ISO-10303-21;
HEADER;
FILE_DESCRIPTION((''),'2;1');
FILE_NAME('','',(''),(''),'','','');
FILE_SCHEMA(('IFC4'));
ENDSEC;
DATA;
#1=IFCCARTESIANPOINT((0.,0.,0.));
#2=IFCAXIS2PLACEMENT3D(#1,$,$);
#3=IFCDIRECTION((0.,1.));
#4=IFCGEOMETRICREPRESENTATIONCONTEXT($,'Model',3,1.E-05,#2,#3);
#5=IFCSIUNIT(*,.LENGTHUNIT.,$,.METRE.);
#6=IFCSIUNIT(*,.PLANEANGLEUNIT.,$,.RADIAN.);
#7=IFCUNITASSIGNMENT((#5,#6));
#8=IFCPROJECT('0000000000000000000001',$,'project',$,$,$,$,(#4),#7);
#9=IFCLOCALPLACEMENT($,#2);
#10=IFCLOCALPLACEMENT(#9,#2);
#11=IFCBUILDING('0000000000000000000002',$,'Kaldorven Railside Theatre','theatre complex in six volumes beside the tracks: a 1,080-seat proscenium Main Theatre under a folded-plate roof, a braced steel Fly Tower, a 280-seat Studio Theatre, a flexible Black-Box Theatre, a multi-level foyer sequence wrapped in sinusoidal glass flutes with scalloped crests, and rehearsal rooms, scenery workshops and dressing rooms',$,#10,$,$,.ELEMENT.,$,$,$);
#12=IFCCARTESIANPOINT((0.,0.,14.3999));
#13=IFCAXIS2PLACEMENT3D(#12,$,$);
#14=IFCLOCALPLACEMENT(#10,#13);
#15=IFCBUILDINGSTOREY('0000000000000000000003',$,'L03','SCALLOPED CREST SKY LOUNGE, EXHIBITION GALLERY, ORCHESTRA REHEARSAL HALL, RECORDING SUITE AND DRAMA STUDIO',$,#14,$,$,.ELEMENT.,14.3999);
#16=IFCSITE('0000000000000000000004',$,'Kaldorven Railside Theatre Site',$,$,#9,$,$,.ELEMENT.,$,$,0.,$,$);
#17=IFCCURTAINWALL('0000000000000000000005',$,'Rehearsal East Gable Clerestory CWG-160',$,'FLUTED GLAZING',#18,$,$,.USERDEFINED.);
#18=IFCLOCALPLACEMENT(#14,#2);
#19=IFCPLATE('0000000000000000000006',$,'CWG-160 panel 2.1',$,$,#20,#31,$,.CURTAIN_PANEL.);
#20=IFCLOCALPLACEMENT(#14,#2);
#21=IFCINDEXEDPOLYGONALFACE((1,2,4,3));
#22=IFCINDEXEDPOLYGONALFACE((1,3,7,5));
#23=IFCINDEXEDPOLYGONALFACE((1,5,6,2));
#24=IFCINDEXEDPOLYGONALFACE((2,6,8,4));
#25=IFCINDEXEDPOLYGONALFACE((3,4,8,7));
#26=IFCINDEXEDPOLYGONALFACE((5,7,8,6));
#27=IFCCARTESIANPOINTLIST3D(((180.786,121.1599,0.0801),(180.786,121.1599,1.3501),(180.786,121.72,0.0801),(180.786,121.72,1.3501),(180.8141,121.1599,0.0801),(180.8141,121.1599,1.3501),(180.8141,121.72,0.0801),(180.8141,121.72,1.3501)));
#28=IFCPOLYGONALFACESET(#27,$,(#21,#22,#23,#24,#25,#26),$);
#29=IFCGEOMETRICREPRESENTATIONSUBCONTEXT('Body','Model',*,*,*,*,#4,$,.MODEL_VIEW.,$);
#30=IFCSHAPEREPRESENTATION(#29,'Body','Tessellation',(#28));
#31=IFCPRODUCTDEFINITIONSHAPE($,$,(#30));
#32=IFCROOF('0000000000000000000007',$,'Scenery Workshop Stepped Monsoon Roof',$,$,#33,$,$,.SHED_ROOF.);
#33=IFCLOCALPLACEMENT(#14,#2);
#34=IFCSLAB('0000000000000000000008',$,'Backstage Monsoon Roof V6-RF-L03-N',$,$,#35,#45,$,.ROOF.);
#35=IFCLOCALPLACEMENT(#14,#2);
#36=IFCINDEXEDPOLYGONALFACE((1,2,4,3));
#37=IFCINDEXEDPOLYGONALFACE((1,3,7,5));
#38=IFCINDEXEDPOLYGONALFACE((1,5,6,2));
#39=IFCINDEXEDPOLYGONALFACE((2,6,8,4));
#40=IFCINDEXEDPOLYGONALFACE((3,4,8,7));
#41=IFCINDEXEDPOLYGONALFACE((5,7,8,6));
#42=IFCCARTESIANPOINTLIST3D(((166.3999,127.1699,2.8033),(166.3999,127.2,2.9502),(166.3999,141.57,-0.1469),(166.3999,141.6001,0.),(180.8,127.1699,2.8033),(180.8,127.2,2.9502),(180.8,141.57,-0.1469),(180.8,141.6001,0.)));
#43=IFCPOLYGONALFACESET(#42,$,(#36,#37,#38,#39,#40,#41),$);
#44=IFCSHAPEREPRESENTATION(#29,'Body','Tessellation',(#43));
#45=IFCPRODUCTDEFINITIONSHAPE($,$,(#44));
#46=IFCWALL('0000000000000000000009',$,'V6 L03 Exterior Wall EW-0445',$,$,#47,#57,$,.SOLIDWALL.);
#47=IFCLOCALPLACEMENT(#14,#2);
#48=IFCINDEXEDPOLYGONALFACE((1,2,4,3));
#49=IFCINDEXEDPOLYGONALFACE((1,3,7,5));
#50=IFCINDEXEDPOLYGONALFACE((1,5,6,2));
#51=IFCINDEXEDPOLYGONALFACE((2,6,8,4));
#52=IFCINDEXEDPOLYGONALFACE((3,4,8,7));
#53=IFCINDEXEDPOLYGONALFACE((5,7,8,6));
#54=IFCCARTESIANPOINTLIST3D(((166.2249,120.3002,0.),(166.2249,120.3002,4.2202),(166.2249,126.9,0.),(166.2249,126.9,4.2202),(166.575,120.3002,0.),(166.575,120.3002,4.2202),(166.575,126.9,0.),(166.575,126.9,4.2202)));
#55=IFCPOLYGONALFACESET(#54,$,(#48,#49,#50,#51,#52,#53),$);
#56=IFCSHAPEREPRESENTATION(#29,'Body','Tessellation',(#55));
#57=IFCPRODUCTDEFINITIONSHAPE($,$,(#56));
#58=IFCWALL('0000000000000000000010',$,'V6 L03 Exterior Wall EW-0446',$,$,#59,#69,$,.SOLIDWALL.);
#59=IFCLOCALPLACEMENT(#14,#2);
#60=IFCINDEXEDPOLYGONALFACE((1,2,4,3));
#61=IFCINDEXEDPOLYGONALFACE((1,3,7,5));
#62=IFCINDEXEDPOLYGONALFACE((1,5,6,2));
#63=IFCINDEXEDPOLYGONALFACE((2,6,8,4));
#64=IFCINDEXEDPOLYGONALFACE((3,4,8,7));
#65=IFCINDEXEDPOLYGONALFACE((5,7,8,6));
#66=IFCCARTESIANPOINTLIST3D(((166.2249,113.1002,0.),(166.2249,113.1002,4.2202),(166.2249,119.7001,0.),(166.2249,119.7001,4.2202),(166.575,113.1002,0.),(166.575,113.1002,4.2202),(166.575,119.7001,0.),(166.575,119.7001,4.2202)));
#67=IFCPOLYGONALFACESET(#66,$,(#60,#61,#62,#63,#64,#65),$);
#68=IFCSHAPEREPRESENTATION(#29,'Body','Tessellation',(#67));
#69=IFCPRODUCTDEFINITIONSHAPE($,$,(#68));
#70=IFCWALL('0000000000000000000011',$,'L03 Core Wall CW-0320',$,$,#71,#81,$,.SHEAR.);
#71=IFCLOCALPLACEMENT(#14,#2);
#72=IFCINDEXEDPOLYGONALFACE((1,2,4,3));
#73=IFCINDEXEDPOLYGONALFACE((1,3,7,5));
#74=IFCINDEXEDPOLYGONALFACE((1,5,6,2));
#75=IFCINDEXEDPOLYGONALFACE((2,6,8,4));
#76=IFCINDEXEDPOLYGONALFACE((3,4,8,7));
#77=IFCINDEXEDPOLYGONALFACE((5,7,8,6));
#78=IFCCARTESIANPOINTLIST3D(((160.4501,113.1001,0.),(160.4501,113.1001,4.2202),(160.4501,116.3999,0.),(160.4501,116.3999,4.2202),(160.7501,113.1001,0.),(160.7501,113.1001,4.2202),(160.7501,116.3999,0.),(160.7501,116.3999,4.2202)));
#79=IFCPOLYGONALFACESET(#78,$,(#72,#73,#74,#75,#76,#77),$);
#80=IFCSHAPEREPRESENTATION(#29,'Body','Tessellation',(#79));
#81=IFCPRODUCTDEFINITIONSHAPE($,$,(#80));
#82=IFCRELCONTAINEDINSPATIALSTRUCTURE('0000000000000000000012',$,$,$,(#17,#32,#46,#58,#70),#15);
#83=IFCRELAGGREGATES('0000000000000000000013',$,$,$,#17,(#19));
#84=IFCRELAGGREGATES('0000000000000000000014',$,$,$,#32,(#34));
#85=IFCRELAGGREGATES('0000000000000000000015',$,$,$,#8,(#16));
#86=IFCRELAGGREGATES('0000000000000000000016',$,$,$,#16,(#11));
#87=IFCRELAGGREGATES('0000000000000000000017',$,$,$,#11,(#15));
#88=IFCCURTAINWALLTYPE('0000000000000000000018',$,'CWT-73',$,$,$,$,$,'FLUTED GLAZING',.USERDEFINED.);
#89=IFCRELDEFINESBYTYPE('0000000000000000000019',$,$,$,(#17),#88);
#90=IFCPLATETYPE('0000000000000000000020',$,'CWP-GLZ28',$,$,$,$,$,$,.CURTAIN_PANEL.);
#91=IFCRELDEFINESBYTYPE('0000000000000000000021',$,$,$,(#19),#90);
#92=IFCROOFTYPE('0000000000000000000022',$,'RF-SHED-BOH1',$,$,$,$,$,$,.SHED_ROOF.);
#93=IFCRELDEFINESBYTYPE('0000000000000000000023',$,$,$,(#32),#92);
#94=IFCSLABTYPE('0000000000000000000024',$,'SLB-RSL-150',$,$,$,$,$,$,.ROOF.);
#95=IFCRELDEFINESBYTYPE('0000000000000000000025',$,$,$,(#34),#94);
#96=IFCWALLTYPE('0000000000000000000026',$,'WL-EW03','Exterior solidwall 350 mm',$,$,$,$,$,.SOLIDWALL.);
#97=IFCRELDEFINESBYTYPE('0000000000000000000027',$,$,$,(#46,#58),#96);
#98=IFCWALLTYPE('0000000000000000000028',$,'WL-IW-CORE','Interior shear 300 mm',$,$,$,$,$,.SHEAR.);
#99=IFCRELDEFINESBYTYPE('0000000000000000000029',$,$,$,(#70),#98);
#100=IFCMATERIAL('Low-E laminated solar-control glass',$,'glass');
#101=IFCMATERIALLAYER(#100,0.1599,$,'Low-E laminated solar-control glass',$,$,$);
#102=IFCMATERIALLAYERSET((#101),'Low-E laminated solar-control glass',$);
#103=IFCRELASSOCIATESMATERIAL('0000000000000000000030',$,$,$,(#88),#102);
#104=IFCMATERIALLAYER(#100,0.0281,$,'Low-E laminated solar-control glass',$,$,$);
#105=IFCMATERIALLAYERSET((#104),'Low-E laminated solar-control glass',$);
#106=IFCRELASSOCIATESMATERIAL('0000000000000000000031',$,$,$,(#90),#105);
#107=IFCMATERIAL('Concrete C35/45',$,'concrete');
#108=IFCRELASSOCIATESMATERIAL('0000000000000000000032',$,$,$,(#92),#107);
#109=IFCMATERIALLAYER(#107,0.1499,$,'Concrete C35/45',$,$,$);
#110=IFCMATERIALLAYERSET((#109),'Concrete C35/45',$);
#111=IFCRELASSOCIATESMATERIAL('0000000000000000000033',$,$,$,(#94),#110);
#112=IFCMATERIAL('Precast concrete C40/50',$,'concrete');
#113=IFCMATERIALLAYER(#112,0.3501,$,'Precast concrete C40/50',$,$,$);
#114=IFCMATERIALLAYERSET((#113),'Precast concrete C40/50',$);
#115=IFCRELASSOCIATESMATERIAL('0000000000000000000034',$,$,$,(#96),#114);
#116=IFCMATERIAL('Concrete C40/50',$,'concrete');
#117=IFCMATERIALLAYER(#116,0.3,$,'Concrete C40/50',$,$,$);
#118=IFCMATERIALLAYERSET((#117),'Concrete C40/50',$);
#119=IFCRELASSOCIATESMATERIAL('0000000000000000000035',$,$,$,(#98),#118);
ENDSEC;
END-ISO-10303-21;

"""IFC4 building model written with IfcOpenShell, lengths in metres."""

from ifc_helpers import new_model, si_unit, direction, frame, frame_2d, origin, origin_2d, place, context, subcontext, project, spatial, polyline, rectangle, outline, extrude, material, layer, layer_set, type_object, element, aggregate, save


model = new_model("IFC4")

# Units and contexts
model_context = context("Model", 3, precision=1e-05, world=origin(), true_north=direction((0.0, 1.0)))
body_context = subcontext(model_context, "Body", "Model", "MODEL_VIEW")
ifc_project = project(units=[si_unit("LENGTHUNIT", "METRE"), si_unit("PLANEANGLEUNIT", "RADIAN")], contexts=[model_context])

# Site, building, storey
site_placement = place(None, origin())
site = spatial("IfcSite", under=ifc_project, at=site_placement, Name="Kaldorven Railside Theatre Site", CompositionType="ELEMENT", RefElevation=0.0)
building_placement = place(site_placement, origin())
building = spatial("IfcBuilding", under=site, at=building_placement, Name="Kaldorven Railside Theatre", Description="theatre complex in six volumes beside the tracks: a 1,080-seat proscenium Main Theatre under a folded-plate roof, a braced steel Fly Tower, a 280-seat Studio Theatre, a flexible Black-Box Theatre, a multi-level foyer sequence wrapped in sinusoidal glass flutes with scalloped crests, and rehearsal rooms, scenery workshops and dressing rooms", CompositionType="ELEMENT")
storey_placement = place(building_placement, frame((0.0, 0.0, 14.3999)))
storey = spatial("IfcBuildingStorey", under=building, at=storey_placement, Name="L03", Description="SCALLOPED CREST SKY LOUNGE, EXHIBITION GALLERY, ORCHESTRA REHEARSAL HALL, RECORDING SUITE AND DRAMA STUDIO", CompositionType="ELEMENT", Elevation=14.3999)

# Shared definitions
ifc_material_1 = material(Name="Concrete C40/50", Category="concrete")

# Curtain wall
ifc_material_2 = material(Name="Low-E laminated solar-control glass", Category="glass")
ifc_layer_1 = layer(ifc_material_2, 0.1599, Name="Low-E laminated solar-control glass")
ifc_layer_set_1 = layer_set([ifc_layer_1], Name="Low-E laminated solar-control glass")
curtain_wall_type_1 = type_object("IfcCurtainWallType", Name="CWT-73", ElementType="FLUTED GLAZING", PredefinedType="USERDEFINED", material=ifc_layer_set_1)
curtain_wall_1_placement = place(storey_placement, origin())
curtain_wall_1 = element("IfcCurtainWall", 1, at=curtain_wall_1_placement, inside=storey, type_object=curtain_wall_type_1, Name="Rehearsal East Gable Clerestory CWG-160", ObjectType="FLUTED GLAZING", PredefinedType="USERDEFINED")

# Plate
ifc_layer_2 = layer(ifc_material_2, 0.0281, Name="Low-E laminated solar-control glass")
ifc_layer_set_2 = layer_set([ifc_layer_2], Name="Low-E laminated solar-control glass")
plate_type = type_object("IfcPlateType", Name="CWP-GLZ28", PredefinedType="CURTAIN_PANEL", material=ifc_layer_set_2)
plate_1_placement = place(storey_placement, frame((180.8, 121.4399, 0.0801), z_axis=(0.0, 0.0, 1.0), x_axis=(0.0, 1.0, 0.0)))
plate_1 = element("IfcPlate", 2, at=plate_1_placement, type_object=plate_type, Name="CWG-160 panel 2.1", PredefinedType="CURTAIN_PANEL", context=body_context, shape_type="SweptSolid", body=[
    extrude(rectangle(XDim=0.5601, YDim=0.0281, at=origin_2d()), origin(), (0.0, 0.0, 1.0), 1.27),
])
aggregate(curtain_wall_1, [plate_1])

# Roof, slab
ifc_material_3 = material(Name="Concrete C35/45", Category="concrete")
roof_type = type_object("IfcRoofType", Name="RF-SHED-BOH1", PredefinedType="SHED_ROOF", material=ifc_material_3)
roof_placement = place(storey_placement, origin())
roof = element("IfcRoof", 3, at=roof_placement, inside=storey, type_object=roof_type, Name="Scenery Workshop Stepped Monsoon Roof", PredefinedType="SHED_ROOF")
ifc_layer_3 = layer(ifc_material_3, 0.1499, Name="Concrete C35/45")
ifc_layer_set_3 = layer_set([ifc_layer_3], Name="Concrete C35/45")
slab_type = type_object("IfcSlabType", Name="SLB-RSL-150", PredefinedType="ROOF", material=ifc_layer_set_3)
slab_placement = place(storey_placement, frame((166.3999, 127.2, 2.9502), z_axis=(0.0, 0.200704, 0.979652), x_axis=(1.0, 0.0, 0.0)))
slab = element("IfcSlab", 4, at=slab_placement, type_object=slab_type, Name="Backstage Monsoon Roof V6-RF-L03-N", PredefinedType="ROOF", context=body_context, shape_type="SweptSolid", body=[
    extrude(outline(polyline([(0.0, 0.0), (14.4001, 0.0), (14.4001, 14.6992), (0.0, 14.6992), (0.0, 0.0)])), origin(), (0.0, 0.0, -1.0), 0.1499),
])
aggregate(roof, [slab])

# Walls
ifc_material_4 = material(Name="Precast concrete C40/50", Category="concrete")
ifc_layer_4 = layer(ifc_material_4, 0.3501, Name="Precast concrete C40/50")
ifc_layer_set_4 = layer_set([ifc_layer_4], Name="Precast concrete C40/50")
wall_type_1 = type_object("IfcWallType", Name="WL-EW03", Description="Exterior solidwall 350 mm", PredefinedType="SOLIDWALL", material=ifc_layer_set_4)
for number, where, z_axis, x_axis, name in (
    (5, (166.3999, 126.8999, 0.0), (0.0, 0.0, 1.0), (0.0, -1.0, 0.0), "V6 L03 Exterior Wall EW-0445"),
    (6, (166.3999, 119.7, 0.0), (0.0, 0.0, 1.0), (0.0, -1.0, 0.0), "V6 L03 Exterior Wall EW-0446"),
):
    element("IfcWall", number, at=place(storey_placement, frame(where, z_axis=z_axis, x_axis=x_axis)), inside=storey, type_object=wall_type_1, Name=name, PredefinedType="SOLIDWALL", context=body_context, shape_type="SweptSolid", body=[
        extrude(rectangle(XDim=6.5999, YDim=0.3501, at=frame_2d((3.2998, 0.0))), origin(), (0.0, 0.0, 1.0), 4.2202),
    ])
ifc_layer_5 = layer(ifc_material_1, 0.3, Name="Concrete C40/50")
ifc_layer_set_5 = layer_set([ifc_layer_5], Name="Concrete C40/50")
wall_type_2 = type_object("IfcWallType", Name="WL-IW-CORE", Description="Interior shear 300 mm", PredefinedType="SHEAR", material=ifc_layer_set_5)
wall_placement = place(storey_placement, frame((160.6001, 116.3999, 0.0), z_axis=(0.0, 0.0, 1.0), x_axis=(0.0, -1.0, 0.0)))
element("IfcWall", 7, at=wall_placement, inside=storey, type_object=wall_type_2, Name="L03 Core Wall CW-0320", PredefinedType="SHEAR", context=body_context, shape_type="SweptSolid", body=[
    extrude(rectangle(XDim=3.2998, YDim=0.3, at=frame_2d((1.6499, 0.0))), origin(), (0.0, 0.0, 1.0), 4.2202),
])

save(model, "model.ifc")
